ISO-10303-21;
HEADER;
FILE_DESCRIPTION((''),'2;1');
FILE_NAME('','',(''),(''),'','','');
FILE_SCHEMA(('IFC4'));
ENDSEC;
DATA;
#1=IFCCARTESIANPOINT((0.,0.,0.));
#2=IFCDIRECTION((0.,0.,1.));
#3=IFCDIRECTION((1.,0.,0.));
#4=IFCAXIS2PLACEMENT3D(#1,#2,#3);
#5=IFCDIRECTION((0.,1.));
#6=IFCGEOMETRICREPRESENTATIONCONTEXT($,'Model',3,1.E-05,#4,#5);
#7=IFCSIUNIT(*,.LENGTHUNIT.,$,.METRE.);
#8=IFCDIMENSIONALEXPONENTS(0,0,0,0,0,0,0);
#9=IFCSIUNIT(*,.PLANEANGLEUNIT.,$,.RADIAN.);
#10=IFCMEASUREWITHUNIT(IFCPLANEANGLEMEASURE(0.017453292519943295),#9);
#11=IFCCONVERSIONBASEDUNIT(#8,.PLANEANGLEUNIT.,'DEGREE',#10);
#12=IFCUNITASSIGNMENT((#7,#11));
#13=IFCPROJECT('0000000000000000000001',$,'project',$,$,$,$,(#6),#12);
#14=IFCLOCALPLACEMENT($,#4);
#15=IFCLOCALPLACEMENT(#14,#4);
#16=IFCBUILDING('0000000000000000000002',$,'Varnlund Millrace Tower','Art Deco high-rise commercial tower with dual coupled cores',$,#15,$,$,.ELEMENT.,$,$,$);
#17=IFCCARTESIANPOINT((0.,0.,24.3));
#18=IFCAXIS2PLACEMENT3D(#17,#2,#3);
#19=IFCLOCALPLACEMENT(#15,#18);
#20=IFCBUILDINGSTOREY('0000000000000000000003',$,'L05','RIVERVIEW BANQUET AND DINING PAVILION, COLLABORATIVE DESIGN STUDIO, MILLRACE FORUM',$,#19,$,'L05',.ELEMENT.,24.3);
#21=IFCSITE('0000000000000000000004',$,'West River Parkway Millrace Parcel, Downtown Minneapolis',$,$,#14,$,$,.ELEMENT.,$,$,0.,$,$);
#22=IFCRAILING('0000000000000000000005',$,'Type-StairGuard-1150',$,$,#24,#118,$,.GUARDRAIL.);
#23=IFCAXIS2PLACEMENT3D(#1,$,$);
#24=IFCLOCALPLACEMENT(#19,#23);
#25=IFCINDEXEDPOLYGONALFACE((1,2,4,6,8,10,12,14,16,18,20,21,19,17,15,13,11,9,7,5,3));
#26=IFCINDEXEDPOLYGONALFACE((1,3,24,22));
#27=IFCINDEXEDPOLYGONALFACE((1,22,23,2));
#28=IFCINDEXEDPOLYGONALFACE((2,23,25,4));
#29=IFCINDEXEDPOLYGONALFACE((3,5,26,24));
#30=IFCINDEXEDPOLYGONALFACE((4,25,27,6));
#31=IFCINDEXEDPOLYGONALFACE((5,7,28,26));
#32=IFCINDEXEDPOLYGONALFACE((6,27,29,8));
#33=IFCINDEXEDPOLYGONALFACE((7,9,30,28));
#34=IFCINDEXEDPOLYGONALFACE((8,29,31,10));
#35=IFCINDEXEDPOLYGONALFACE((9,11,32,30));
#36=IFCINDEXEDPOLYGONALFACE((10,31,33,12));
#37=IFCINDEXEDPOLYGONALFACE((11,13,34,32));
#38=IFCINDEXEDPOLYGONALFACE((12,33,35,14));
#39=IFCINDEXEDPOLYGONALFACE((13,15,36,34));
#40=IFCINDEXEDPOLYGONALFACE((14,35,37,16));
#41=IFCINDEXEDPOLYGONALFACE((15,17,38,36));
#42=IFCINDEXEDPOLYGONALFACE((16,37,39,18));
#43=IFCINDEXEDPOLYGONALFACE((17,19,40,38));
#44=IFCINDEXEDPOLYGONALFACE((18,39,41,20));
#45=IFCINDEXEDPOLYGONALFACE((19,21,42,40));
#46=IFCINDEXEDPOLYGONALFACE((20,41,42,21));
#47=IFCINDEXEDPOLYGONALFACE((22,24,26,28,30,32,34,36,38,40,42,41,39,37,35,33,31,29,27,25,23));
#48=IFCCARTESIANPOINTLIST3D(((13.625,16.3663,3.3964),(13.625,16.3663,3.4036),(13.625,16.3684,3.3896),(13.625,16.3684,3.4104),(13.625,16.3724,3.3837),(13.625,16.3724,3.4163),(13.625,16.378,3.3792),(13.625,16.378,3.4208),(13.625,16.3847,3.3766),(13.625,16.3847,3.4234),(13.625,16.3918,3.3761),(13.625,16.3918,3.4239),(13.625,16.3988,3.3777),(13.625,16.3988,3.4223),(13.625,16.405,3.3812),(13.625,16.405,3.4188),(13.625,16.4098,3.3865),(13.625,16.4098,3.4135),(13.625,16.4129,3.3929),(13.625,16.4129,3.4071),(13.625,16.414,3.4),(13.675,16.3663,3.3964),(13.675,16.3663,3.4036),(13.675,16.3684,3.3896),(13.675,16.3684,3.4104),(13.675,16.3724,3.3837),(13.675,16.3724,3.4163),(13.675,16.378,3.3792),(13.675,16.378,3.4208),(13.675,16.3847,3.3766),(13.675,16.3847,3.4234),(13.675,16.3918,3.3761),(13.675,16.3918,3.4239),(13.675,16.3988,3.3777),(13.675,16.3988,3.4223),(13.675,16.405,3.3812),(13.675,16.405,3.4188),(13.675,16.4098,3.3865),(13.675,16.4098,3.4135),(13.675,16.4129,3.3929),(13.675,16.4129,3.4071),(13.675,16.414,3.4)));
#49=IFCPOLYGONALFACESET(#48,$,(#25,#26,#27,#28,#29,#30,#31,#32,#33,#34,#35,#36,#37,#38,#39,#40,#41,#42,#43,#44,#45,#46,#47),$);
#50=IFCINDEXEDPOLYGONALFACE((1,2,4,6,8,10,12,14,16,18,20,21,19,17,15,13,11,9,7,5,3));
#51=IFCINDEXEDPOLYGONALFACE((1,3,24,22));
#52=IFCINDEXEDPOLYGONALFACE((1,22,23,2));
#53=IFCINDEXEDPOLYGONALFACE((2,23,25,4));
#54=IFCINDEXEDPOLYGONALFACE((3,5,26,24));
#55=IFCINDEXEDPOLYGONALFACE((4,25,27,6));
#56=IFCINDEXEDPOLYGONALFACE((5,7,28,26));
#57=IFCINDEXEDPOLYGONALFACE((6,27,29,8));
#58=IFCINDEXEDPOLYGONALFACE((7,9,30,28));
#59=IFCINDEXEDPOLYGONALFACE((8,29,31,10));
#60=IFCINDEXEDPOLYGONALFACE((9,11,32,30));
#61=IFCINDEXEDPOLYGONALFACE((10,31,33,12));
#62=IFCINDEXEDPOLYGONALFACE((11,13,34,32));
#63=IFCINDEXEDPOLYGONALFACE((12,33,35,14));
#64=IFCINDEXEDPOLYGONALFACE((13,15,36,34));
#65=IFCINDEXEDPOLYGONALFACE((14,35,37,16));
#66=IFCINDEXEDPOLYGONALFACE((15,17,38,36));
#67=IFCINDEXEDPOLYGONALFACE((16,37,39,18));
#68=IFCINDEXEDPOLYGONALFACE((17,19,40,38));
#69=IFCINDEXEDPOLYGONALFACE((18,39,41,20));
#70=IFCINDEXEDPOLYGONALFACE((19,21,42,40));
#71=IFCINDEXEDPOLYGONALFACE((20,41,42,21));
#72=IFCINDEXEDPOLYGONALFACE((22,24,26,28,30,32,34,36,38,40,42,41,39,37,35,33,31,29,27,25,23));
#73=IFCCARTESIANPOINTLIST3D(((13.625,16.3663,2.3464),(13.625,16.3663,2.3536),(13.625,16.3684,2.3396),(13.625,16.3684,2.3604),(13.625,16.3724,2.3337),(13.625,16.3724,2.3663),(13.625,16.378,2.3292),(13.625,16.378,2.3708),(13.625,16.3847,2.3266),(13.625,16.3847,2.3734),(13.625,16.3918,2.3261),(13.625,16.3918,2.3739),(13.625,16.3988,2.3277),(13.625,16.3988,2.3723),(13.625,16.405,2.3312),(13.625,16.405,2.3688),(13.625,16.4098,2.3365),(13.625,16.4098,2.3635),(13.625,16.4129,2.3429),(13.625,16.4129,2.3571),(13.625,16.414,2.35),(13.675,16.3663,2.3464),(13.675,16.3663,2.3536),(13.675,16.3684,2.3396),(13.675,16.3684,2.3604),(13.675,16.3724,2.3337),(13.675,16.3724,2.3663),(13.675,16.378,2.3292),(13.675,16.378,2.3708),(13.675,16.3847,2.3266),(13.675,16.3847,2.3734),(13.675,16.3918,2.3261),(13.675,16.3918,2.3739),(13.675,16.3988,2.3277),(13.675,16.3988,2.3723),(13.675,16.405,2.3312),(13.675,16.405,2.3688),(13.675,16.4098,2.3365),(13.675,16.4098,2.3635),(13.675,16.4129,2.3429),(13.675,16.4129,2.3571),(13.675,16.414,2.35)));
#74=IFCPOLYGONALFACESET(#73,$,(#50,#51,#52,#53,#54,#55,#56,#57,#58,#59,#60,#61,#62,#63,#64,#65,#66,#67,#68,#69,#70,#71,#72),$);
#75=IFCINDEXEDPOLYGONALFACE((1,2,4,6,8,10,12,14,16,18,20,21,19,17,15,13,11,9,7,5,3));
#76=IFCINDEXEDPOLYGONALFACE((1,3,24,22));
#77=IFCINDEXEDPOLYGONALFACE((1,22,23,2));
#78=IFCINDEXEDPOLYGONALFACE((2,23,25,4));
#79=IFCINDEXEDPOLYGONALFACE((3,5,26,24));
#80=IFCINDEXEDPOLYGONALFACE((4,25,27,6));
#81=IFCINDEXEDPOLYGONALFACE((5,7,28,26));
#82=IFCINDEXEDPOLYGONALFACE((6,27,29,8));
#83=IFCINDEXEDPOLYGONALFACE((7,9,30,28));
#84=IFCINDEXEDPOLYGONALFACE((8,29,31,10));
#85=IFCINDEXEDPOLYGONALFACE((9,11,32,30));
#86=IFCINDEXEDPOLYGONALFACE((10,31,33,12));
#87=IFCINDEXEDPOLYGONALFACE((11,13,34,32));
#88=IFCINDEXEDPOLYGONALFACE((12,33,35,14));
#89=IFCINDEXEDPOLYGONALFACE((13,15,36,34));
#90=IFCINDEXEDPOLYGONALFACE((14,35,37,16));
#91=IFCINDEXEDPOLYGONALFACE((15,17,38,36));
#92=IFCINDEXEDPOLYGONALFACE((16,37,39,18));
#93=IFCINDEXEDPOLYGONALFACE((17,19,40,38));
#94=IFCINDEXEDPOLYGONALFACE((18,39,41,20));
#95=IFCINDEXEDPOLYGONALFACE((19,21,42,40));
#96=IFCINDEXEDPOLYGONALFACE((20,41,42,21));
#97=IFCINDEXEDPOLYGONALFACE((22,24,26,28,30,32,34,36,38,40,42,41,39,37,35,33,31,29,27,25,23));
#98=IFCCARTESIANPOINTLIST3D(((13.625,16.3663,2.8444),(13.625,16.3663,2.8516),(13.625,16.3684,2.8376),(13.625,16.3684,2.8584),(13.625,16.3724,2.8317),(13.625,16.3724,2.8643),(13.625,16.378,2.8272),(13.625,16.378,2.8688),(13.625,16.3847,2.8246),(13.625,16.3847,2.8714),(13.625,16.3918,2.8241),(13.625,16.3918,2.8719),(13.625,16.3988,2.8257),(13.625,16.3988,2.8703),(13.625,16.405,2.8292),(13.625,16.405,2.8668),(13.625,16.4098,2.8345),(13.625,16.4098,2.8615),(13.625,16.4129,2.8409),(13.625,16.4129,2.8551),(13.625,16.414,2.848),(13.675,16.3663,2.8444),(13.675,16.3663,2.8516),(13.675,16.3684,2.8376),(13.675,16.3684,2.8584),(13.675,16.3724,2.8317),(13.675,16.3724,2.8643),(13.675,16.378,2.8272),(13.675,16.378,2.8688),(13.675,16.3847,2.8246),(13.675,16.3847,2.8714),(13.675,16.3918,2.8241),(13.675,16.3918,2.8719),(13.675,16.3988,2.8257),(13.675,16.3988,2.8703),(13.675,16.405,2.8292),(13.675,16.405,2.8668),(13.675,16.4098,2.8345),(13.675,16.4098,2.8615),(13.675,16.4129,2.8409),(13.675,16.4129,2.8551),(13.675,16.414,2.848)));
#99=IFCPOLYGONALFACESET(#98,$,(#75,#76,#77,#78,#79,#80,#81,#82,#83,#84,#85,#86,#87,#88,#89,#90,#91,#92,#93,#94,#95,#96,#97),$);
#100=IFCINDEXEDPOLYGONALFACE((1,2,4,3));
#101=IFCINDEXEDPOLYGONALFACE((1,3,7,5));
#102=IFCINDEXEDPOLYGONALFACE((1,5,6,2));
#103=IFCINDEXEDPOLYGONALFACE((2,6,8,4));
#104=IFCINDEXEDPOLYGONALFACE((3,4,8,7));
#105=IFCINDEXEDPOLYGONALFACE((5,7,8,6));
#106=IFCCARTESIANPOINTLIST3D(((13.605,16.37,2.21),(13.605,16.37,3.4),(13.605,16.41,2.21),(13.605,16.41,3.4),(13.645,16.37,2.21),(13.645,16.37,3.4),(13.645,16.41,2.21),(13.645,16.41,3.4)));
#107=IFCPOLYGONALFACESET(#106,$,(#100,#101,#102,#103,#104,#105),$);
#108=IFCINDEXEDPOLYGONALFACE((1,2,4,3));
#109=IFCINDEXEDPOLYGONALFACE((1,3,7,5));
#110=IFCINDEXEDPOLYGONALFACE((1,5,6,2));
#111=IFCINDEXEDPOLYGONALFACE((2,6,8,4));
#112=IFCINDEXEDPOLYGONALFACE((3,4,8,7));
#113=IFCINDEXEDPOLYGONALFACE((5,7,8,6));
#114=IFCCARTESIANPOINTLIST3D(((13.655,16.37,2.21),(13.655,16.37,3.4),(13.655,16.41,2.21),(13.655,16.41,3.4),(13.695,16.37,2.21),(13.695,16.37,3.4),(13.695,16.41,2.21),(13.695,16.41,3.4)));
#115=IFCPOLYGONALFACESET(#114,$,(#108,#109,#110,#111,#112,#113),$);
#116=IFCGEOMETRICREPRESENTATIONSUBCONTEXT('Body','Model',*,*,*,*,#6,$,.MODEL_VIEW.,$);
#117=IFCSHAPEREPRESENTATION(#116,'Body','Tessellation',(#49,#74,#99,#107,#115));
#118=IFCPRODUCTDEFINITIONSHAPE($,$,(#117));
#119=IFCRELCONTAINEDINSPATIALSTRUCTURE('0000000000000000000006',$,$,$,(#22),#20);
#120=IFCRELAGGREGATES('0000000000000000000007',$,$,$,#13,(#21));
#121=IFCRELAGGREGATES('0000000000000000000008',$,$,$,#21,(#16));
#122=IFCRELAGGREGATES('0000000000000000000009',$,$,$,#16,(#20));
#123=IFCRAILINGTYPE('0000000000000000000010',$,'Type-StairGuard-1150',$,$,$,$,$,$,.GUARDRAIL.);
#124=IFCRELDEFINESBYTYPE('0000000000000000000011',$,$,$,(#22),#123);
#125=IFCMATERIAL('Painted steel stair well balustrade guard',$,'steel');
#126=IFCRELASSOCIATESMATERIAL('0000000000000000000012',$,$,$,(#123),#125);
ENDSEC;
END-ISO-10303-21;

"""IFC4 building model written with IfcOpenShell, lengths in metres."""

from ifc_helpers import new_model, entity, si_unit, converted_unit, direction, frame, origin_with_axes, origin_2d_with_axis, place, context, subcontext, project, spatial, rectangle, circle, extrude, material, type_object, element, save


model = new_model("IFC4")

# Units and contexts
model_context = context("Model", 3, precision=1e-05, world=origin_with_axes(), true_north=direction((0.0, 1.0)))
body_context = subcontext(model_context, "Body", "Model", "MODEL_VIEW")
ifc_project = project(units=[si_unit("LENGTHUNIT", "METRE"), converted_unit("PLANEANGLEUNIT", "DEGREE", entity("IfcPlaneAngleMeasure", 0.017453292519943295), si_unit("PLANEANGLEUNIT", "RADIAN"), dimensions=[0, 0, 0, 0, 0, 0, 0])], contexts=[model_context])

# Site, building, storey
site_placement = place(None, origin_with_axes())
site = spatial("IfcSite", under=ifc_project, at=site_placement, Name="West River Parkway Millrace Parcel, Downtown Minneapolis", CompositionType="ELEMENT", RefElevation=0.0)
building_placement = place(site_placement, origin_with_axes())
building = spatial("IfcBuilding", under=site, at=building_placement, Name="Varnlund Millrace Tower", Description="Art Deco high-rise commercial tower with dual coupled cores", CompositionType="ELEMENT")
storey_placement = place(building_placement, frame((0.0, 0.0, 24.3), z_axis=(0.0, 0.0, 1.0), x_axis=(1.0, 0.0, 0.0)))
storey = spatial("IfcBuildingStorey", under=building, at=storey_placement, Name="L05", Description="RIVERVIEW BANQUET AND DINING PAVILION, COLLABORATIVE DESIGN STUDIO, MILLRACE FORUM", LongName="L05", CompositionType="ELEMENT", Elevation=24.3)

# Railing
ifc_material_1 = material(Name="Painted steel stair well balustrade guard", Category="steel")
railing_type_1 = type_object("IfcRailingType", Name="Type-StairGuard-1150", PredefinedType="GUARDRAIL", material=ifc_material_1)
railing_1_placement = place(storey_placement, frame((0.0, 0.0, -24.3), z_axis=(0.0, 0.0, 1.0), x_axis=(1.0, 0.0, 0.0)))
element("IfcRailing", 1, at=railing_1_placement, inside=storey, type_object=railing_type_1, Name="Type-StairGuard-1150", PredefinedType="GUARDRAIL", context=body_context, shape_type="SweptSolid", body=[
    extrude(circle(Radius=0.024, at=origin_2d_with_axis()), frame((13.625, 16.39, 27.7), z_axis=(1.0, 0.0, 0.0), x_axis=(0.0, 1.0, 0.0)), (0.0, 0.0, 1.0), 0.05),
    extrude(circle(Radius=0.024, at=origin_2d_with_axis()), frame((13.625, 16.39, 26.65), z_axis=(1.0, 0.0, 0.0), x_axis=(0.0, 1.0, 0.0)), (0.0, 0.0, 1.0), 0.05),
    extrude(circle(Radius=0.024, at=origin_2d_with_axis()), frame((13.625, 16.39, 27.148), z_axis=(1.0, 0.0, 0.0), x_axis=(0.0, 1.0, 0.0)), (0.0, 0.0, 1.0), 0.05),
    extrude(rectangle(XDim=0.04, YDim=0.04, at=origin_2d_with_axis()), frame((13.625, 16.39, 26.51), z_axis=(0.0, 0.0, 1.0), x_axis=(1.0, 0.0, 0.0)), (0.0, 0.0, 1.0), 1.19),
    extrude(rectangle(XDim=0.04, YDim=0.04, at=origin_2d_with_axis()), frame((13.675, 16.39, 26.51), z_axis=(0.0, 0.0, 1.0), x_axis=(1.0, 0.0, 0.0)), (0.0, 0.0, 1.0), 1.19),
])

save(model, "model.ifc")
